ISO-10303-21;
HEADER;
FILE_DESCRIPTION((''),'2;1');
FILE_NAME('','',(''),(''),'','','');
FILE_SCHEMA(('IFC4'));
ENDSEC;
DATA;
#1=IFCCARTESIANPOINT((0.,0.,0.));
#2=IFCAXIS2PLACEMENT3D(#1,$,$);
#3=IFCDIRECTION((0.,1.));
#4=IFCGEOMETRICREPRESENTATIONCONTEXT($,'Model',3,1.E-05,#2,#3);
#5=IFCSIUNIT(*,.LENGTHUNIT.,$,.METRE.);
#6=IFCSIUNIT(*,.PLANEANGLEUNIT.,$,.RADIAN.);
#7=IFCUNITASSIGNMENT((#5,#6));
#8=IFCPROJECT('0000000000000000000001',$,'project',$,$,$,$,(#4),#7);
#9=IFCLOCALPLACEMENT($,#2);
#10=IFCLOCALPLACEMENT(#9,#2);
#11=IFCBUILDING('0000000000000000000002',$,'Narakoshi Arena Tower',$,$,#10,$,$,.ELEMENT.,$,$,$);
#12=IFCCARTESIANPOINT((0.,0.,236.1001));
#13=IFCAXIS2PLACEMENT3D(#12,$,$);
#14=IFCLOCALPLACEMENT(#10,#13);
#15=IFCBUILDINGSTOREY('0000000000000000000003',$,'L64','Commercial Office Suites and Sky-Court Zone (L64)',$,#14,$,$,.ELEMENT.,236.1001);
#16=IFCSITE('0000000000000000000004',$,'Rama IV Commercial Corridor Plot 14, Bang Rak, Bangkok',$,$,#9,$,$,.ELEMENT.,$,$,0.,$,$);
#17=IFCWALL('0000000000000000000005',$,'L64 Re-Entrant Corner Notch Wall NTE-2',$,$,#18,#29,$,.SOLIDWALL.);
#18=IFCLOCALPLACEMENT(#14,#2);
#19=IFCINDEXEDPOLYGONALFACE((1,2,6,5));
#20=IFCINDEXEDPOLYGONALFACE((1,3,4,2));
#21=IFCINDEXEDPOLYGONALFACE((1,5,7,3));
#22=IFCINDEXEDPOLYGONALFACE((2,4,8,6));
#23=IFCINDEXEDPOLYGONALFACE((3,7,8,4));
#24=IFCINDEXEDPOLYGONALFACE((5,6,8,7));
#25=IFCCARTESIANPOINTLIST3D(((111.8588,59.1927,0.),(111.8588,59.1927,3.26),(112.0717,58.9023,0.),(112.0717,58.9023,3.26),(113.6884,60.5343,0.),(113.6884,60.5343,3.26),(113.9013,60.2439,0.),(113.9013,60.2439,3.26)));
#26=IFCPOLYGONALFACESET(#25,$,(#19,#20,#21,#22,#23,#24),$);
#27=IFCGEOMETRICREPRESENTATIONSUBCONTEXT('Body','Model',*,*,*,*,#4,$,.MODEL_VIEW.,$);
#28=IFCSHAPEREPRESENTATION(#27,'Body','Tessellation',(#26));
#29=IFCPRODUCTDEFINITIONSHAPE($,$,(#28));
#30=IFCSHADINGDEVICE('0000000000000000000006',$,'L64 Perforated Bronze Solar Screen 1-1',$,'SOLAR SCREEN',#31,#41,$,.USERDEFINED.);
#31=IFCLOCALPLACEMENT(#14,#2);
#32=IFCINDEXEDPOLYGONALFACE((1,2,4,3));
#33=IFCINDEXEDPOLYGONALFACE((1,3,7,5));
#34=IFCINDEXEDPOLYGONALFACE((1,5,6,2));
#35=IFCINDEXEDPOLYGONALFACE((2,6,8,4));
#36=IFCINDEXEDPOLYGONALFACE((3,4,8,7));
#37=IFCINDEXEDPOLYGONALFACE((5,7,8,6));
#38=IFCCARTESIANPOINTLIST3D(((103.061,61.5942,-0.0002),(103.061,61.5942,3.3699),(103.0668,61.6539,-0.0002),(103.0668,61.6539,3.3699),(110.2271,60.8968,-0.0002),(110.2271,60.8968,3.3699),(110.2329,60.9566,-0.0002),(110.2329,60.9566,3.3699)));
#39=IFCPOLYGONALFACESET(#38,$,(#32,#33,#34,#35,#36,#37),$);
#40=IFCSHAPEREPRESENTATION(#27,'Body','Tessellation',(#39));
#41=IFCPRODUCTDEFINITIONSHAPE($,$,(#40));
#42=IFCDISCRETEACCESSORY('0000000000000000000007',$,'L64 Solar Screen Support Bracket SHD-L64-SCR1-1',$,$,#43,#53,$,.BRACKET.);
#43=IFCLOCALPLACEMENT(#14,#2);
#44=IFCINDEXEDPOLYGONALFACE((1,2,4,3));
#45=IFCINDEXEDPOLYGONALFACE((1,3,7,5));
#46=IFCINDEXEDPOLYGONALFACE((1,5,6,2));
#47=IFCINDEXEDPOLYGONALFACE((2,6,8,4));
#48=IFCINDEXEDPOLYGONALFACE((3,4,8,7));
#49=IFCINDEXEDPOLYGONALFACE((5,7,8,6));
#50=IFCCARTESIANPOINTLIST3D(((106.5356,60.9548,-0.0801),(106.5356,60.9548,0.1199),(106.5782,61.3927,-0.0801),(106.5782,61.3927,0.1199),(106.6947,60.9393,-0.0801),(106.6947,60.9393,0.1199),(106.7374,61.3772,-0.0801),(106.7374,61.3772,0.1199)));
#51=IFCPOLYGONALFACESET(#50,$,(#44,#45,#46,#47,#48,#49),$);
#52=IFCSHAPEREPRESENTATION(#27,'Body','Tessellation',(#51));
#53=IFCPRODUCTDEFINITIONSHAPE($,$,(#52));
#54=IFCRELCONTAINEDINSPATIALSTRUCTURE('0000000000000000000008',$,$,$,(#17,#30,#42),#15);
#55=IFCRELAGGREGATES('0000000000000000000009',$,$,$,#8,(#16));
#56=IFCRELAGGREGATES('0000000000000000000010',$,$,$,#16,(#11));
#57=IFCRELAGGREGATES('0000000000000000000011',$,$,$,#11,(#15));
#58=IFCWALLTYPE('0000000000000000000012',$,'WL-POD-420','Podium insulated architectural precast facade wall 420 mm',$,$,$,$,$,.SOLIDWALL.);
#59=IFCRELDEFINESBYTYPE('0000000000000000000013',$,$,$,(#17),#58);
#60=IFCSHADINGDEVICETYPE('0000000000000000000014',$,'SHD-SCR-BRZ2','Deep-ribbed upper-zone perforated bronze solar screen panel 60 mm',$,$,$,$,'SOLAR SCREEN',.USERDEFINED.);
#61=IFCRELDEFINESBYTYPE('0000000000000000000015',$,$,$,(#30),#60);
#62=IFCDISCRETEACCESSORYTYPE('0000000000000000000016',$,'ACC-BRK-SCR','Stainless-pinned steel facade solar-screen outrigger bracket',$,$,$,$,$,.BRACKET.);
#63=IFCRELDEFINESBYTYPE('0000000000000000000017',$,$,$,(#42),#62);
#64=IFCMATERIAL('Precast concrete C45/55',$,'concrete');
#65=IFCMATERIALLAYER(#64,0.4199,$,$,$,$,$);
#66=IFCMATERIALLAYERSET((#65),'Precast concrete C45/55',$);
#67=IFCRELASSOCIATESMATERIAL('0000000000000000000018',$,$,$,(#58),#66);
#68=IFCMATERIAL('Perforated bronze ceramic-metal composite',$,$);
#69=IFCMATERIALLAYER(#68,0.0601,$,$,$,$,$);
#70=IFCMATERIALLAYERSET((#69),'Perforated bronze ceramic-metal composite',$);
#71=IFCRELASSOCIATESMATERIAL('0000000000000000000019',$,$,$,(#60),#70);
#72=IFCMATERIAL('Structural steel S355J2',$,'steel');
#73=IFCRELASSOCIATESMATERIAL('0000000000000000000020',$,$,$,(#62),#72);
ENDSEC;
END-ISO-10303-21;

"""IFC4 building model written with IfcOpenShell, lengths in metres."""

from ifc_helpers import new_model, si_unit, direction, frame, frame_2d, origin, origin_2d, place, context, subcontext, project, spatial, rectangle, extrude, material, layer, layer_set, type_object, element, save


model = new_model("IFC4")

# Units and contexts
model_context = context("Model", 3, precision=1e-05, world=origin(), true_north=direction((0.0, 1.0)))
body_context = subcontext(model_context, "Body", "Model", "MODEL_VIEW")
ifc_project = project(units=[si_unit("LENGTHUNIT", "METRE"), si_unit("PLANEANGLEUNIT", "RADIAN")], contexts=[model_context])

# Site, building, storey
site_placement = place(None, origin())
site = spatial("IfcSite", under=ifc_project, at=site_placement, Name="Rama IV Commercial Corridor Plot 14, Bang Rak, Bangkok", CompositionType="ELEMENT", RefElevation=0.0)
building_placement = place(site_placement, origin())
building = spatial("IfcBuilding", under=site, at=building_placement, Name="Narakoshi Arena Tower", CompositionType="ELEMENT")
storey_placement = place(building_placement, frame((0.0, 0.0, 236.1001)))
storey = spatial("IfcBuildingStorey", under=building, at=storey_placement, Name="L64", Description="Commercial Office Suites and Sky-Court Zone (L64)", CompositionType="ELEMENT", Elevation=236.1001)

# Shared definitions
ifc_material_1 = material(Name="Structural steel S355J2", Category="steel")

# Shared definitions
ifc_material_2 = material(Name="Precast concrete C45/55", Category="concrete")

# Shared definitions
ifc_layer_1 = layer(ifc_material_2, 0.4199)
ifc_layer_set_1 = layer_set([ifc_layer_1], Name="Precast concrete C45/55")
wall_type_1 = type_object("IfcWallType", Name="WL-POD-420", Description="Podium insulated architectural precast facade wall 420 mm", PredefinedType="SOLIDWALL", material=ifc_layer_set_1)

# Wall
wall_1_placement = place(storey_placement, frame((111.9653, 59.0476, 0.0), z_axis=(0.0, 0.0, 1.0), x_axis=(0.806436, 0.591322, 0.0)))
element("IfcWall", 1, at=wall_1_placement, inside=storey, type_object=wall_type_1, Name="L64 Re-Entrant Corner Notch Wall NTE-2", PredefinedType="SOLIDWALL", context=body_context, shape_type="SweptSolid", body=[
    extrude(rectangle(XDim=2.2688, YDim=0.3601, at=frame_2d((1.1343, 0.0))), origin(), (0.0, 0.0, 1.0), 3.26),
])

# Shading device
ifc_material_3 = material(Name="Perforated bronze ceramic-metal composite")
ifc_layer_2 = layer(ifc_material_3, 0.0601)
ifc_layer_set_2 = layer_set([ifc_layer_2], Name="Perforated bronze ceramic-metal composite")
shading_device_type = type_object("IfcShadingDeviceType", Name="SHD-SCR-BRZ2", Description="Deep-ribbed upper-zone perforated bronze solar screen panel 60 mm", ElementType="SOLAR SCREEN", PredefinedType="USERDEFINED", material=ifc_layer_set_2)
shading_device_placement = place(storey_placement, frame((106.647, 61.2754, -0.0002), z_axis=(0.0, 0.0, 1.0), x_axis=(-0.995299, 0.096853, 0.0)))
element("IfcShadingDevice", 2, at=shading_device_placement, inside=storey, type_object=shading_device_type, Name="L64 Perforated Bronze Solar Screen 1-1", ObjectType="SOLAR SCREEN", PredefinedType="USERDEFINED", context=body_context, shape_type="SweptSolid", body=[
    extrude(rectangle(XDim=7.2, YDim=0.0601, at=origin_2d()), origin(), (0.0, 0.0, 1.0), 3.3701),
])

# Discrete accessory
discrete_accessory_type = type_object("IfcDiscreteAccessoryType", Name="ACC-BRK-SCR", Description="Stainless-pinned steel facade solar-screen outrigger bracket", PredefinedType="BRACKET", material=ifc_material_1)
discrete_accessory_placement = place(storey_placement, frame((106.6365, 61.166, -0.0801), z_axis=(0.0, 0.0, 1.0), x_axis=(-0.995299, 0.096853, 0.0)))
element("IfcDiscreteAccessory", 3, at=discrete_accessory_placement, inside=storey, type_object=discrete_accessory_type, Name="L64 Solar Screen Support Bracket SHD-L64-SCR1-1", PredefinedType="BRACKET", context=body_context, shape_type="SweptSolid", body=[
    extrude(rectangle(XDim=0.1599, YDim=0.4399, at=origin_2d()), origin(), (0.0, 0.0, 1.0), 0.2),
])

save(model, "model.ifc")
